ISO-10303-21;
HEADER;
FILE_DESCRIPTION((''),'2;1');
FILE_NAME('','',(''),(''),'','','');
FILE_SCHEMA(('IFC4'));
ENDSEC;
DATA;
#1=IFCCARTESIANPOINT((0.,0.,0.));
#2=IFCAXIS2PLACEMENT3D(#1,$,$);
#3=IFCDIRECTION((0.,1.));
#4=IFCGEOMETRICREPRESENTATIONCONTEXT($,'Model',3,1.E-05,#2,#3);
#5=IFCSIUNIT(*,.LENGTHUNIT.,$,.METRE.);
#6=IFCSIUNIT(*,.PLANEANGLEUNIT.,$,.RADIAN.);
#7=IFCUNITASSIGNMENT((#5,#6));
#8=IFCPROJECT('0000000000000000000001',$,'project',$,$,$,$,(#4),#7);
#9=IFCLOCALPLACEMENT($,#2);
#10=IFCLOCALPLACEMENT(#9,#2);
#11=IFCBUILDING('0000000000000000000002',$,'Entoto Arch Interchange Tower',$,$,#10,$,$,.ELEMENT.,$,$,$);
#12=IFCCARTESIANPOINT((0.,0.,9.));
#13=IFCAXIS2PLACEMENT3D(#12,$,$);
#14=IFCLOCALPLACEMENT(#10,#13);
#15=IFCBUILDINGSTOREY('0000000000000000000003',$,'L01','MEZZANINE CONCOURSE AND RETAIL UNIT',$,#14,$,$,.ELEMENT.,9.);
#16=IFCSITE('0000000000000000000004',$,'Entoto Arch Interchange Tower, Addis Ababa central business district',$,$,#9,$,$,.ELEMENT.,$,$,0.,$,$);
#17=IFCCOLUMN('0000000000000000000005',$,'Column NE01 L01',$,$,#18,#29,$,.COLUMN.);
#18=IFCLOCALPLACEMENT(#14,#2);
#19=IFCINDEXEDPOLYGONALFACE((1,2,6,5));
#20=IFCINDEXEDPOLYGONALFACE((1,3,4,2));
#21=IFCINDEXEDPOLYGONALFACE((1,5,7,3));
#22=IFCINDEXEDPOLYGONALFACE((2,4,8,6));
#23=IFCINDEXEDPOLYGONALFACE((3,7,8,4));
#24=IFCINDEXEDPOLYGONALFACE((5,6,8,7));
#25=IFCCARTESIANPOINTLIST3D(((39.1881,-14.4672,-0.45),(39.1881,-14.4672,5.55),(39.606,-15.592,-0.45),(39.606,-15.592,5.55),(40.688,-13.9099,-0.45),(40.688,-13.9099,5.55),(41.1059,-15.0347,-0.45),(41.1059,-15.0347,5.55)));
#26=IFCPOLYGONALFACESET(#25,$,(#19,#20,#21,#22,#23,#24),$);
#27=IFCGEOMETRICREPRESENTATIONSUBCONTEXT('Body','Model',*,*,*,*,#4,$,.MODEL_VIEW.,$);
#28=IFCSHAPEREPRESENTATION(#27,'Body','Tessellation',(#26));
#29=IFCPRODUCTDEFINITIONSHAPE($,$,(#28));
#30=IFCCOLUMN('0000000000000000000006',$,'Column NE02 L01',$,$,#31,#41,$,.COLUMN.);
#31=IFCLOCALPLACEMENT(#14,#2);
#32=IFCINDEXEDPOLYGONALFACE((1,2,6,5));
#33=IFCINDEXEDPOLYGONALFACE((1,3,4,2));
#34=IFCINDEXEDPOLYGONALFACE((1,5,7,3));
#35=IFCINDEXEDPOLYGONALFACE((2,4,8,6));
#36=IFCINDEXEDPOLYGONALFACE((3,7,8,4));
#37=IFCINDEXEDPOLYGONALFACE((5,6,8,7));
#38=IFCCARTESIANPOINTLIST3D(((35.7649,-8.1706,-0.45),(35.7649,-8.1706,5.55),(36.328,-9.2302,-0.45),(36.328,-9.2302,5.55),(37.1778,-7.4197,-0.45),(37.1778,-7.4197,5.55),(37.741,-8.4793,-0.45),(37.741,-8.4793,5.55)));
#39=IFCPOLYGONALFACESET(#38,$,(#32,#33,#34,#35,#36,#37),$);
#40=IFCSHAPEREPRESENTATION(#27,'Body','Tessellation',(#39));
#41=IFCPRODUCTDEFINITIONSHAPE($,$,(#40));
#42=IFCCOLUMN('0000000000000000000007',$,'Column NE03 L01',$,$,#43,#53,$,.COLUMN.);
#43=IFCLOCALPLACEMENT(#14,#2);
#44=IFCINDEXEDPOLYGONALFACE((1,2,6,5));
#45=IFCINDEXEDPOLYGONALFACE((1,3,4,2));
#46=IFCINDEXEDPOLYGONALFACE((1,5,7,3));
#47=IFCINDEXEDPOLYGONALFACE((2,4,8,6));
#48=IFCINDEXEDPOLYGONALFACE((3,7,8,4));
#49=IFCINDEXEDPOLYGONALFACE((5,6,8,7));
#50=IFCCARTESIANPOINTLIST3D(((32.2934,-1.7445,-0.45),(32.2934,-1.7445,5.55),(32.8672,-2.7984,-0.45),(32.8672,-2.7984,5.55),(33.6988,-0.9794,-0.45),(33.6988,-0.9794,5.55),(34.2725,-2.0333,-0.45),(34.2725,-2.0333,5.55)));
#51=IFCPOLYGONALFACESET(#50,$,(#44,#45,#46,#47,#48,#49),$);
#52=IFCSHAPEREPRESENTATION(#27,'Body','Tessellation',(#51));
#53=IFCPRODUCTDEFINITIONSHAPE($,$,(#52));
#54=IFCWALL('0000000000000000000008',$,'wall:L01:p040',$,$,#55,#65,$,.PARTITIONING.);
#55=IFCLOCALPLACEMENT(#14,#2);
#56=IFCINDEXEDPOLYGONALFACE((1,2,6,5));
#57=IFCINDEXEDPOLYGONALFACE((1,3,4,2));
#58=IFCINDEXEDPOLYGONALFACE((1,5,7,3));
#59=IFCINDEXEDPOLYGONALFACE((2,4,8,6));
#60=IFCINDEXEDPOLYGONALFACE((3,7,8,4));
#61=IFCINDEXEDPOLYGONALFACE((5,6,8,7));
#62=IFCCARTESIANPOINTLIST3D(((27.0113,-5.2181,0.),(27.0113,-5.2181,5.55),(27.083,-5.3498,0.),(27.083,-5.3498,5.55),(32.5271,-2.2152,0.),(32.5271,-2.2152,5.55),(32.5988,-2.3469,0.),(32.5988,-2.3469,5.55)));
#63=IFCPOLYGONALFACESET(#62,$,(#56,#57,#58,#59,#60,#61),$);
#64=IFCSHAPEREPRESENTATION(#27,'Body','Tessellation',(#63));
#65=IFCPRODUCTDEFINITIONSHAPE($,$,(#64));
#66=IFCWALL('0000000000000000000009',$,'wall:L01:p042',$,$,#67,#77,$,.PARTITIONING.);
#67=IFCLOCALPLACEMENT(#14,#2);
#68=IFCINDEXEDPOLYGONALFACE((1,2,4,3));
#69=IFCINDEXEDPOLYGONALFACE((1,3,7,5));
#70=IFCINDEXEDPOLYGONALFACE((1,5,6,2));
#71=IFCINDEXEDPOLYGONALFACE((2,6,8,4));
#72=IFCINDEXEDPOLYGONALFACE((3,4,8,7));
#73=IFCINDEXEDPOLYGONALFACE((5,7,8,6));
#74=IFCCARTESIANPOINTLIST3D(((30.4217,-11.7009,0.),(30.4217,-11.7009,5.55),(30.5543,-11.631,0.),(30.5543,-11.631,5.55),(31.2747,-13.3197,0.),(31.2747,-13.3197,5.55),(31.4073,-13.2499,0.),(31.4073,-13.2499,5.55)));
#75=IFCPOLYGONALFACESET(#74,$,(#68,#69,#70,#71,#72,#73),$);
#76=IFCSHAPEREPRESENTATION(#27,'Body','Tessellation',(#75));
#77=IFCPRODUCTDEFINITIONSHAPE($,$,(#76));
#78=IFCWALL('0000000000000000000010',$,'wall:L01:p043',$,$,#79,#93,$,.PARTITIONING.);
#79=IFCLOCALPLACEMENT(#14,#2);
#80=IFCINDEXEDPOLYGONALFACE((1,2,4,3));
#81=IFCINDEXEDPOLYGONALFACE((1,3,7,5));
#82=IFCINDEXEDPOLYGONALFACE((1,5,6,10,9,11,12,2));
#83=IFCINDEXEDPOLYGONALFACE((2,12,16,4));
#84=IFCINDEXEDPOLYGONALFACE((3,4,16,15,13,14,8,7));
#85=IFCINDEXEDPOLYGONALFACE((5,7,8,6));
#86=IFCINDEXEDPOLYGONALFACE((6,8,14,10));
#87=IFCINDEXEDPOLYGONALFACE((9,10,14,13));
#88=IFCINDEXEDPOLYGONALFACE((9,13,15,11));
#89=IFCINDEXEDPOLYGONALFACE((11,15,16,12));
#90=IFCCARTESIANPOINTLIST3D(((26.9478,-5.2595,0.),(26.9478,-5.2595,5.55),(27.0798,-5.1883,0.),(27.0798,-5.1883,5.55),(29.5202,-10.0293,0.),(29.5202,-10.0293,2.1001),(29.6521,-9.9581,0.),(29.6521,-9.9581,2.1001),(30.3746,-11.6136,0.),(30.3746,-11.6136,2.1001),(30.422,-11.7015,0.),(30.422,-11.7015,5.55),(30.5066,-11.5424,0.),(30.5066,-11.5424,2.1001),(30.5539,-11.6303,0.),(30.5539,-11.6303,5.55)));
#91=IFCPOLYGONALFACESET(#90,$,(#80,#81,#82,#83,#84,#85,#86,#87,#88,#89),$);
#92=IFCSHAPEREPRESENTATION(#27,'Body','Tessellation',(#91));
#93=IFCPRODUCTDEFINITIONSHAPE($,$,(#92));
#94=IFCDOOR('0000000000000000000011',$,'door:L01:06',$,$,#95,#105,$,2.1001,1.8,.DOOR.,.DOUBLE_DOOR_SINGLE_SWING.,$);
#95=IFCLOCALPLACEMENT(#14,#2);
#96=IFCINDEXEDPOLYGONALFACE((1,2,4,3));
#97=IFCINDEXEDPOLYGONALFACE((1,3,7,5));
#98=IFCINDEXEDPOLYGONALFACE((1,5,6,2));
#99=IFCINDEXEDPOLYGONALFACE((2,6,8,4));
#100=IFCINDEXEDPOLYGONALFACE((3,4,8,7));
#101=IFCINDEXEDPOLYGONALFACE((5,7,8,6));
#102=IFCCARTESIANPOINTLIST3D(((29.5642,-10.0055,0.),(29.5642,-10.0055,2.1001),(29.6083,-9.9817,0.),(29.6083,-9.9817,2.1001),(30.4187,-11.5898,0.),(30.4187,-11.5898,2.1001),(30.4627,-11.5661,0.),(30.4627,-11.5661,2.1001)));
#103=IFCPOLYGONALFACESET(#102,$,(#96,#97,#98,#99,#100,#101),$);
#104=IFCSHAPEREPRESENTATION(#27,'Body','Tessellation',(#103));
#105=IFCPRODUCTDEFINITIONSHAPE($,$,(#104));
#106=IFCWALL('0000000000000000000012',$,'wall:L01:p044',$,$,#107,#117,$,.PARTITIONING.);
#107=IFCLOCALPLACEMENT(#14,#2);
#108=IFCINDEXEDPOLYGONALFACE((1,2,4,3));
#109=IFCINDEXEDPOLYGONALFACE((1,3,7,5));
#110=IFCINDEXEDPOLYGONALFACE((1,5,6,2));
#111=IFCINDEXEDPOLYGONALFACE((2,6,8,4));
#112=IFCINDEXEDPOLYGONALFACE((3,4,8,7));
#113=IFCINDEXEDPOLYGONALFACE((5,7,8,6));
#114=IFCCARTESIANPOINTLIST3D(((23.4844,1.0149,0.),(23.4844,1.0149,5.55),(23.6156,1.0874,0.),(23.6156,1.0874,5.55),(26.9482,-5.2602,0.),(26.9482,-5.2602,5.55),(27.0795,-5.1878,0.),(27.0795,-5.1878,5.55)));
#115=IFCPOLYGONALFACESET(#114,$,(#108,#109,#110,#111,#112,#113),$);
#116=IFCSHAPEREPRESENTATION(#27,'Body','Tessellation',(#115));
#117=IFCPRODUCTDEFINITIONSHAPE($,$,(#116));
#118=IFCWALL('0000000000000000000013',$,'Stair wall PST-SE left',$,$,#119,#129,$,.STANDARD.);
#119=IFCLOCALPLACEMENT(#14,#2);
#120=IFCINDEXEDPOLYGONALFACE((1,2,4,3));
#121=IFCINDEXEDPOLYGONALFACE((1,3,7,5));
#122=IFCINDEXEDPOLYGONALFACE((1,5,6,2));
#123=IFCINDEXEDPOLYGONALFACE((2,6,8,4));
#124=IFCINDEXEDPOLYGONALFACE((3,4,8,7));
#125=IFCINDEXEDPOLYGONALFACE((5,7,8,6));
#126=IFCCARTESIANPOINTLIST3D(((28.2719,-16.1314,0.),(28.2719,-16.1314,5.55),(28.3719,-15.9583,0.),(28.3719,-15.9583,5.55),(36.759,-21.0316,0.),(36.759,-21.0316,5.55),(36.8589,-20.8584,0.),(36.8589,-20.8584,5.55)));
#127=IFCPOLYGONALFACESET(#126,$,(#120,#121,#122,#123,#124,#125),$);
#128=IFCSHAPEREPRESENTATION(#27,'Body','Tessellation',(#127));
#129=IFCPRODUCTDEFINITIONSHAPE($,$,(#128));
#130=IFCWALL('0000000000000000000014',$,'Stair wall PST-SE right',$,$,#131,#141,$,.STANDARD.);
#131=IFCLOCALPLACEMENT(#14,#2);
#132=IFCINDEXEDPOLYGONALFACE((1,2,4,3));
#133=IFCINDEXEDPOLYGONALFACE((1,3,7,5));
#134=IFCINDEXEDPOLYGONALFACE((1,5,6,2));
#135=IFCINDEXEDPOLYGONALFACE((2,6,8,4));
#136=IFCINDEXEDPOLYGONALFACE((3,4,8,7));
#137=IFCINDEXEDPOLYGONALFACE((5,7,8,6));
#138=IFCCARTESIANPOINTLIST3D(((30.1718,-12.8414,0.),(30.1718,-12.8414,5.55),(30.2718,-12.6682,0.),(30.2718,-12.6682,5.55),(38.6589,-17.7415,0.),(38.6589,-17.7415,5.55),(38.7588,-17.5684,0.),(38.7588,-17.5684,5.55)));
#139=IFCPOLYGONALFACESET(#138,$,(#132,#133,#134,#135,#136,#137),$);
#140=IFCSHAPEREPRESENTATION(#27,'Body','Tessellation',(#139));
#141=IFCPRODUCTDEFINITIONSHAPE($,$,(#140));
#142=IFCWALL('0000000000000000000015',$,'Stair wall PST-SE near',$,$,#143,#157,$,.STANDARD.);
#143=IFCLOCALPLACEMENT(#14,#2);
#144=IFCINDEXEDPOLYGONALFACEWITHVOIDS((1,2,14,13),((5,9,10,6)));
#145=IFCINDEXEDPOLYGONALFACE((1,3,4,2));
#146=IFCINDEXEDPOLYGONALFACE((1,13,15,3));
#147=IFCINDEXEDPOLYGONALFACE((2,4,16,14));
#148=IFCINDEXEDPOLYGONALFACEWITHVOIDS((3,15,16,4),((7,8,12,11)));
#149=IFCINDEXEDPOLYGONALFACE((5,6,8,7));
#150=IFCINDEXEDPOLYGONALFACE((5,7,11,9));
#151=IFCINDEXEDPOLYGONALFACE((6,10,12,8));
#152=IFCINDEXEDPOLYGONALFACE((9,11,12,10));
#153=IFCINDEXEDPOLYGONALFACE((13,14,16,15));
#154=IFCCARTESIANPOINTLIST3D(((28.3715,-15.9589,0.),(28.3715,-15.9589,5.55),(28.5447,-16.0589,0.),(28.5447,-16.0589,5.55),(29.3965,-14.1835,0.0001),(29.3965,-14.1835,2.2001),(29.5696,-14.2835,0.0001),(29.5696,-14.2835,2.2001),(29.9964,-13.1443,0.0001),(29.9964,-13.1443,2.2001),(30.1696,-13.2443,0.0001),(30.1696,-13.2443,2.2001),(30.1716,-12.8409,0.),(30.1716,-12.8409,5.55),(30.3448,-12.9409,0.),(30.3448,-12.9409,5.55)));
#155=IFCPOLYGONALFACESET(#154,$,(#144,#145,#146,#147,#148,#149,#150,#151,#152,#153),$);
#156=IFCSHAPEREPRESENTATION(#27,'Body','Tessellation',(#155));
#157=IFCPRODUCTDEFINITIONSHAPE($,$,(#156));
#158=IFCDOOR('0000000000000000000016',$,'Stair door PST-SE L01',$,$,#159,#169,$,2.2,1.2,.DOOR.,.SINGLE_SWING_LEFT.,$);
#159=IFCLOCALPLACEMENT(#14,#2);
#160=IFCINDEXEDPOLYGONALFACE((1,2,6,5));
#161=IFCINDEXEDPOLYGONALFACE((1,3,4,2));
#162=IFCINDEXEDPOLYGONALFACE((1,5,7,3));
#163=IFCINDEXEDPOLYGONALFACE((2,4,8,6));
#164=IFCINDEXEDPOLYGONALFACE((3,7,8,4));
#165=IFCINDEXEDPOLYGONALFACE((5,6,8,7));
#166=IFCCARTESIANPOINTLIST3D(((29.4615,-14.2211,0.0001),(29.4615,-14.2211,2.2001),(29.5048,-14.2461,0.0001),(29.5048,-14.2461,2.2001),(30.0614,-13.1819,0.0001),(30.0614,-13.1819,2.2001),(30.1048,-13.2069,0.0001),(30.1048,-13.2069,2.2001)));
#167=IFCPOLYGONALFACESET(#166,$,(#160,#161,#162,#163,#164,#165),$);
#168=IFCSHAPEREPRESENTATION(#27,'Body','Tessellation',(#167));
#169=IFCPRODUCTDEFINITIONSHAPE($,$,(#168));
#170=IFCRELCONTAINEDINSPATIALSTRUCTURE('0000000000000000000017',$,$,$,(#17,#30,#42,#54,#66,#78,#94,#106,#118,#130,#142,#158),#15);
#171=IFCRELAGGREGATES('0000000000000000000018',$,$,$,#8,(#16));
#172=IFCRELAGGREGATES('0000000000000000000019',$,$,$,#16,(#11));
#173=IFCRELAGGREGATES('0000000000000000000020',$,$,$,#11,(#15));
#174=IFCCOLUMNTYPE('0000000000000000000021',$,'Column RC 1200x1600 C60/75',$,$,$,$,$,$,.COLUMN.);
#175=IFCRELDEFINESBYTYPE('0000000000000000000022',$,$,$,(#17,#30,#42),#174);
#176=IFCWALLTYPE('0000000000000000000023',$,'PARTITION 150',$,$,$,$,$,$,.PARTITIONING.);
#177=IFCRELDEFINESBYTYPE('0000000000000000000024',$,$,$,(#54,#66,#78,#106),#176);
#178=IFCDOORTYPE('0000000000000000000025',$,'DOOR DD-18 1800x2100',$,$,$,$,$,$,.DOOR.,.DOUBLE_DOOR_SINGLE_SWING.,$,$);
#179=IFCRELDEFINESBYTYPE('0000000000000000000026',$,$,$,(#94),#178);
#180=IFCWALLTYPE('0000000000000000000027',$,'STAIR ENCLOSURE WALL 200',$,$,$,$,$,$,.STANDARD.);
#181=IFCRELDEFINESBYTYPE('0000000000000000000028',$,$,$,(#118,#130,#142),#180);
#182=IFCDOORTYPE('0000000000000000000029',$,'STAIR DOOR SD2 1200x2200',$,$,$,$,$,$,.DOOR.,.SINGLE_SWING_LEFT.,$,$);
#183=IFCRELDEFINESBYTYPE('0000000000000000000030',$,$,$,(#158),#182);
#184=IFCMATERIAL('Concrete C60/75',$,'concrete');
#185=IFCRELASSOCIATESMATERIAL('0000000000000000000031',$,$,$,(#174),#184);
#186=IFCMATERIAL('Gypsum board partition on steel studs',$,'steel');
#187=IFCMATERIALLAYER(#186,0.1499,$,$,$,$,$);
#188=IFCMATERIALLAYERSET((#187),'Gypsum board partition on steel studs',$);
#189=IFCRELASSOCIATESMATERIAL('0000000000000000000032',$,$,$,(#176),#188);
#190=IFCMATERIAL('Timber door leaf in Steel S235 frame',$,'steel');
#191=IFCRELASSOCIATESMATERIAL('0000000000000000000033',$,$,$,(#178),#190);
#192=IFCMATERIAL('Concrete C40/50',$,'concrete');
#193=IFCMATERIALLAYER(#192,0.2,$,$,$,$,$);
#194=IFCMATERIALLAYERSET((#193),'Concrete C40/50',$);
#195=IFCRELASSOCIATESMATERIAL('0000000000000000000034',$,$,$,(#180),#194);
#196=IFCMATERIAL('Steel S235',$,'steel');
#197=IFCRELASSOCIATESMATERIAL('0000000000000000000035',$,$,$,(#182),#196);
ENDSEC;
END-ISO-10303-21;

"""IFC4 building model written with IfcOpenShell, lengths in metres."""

from ifc_helpers import new_model, si_unit, direction, frame, frame_2d, origin, origin_2d, place, context, subcontext, project, spatial, rectangle, extrude, material, layer, layer_set, material_profile, profile_set, type_object, element, fill, save


model = new_model("IFC4")

# Units and contexts
model_context = context("Model", 3, precision=1e-05, world=origin(), true_north=direction((0.0, 1.0)))
body_context = subcontext(model_context, "Body", "Model", "MODEL_VIEW")
ifc_project = project(units=[si_unit("LENGTHUNIT", "METRE"), si_unit("PLANEANGLEUNIT", "RADIAN")], contexts=[model_context])

# Site, building, storey
site_placement = place(None, origin())
site = spatial("IfcSite", under=ifc_project, at=site_placement, Name="Entoto Arch Interchange Tower, Addis Ababa central business district", CompositionType="ELEMENT", RefElevation=0.0)
building_placement = place(site_placement, origin())
building = spatial("IfcBuilding", under=site, at=building_placement, Name="Entoto Arch Interchange Tower", CompositionType="ELEMENT")
storey_placement = place(building_placement, frame((0.0, 0.0, 9.0)))
storey = spatial("IfcBuildingStorey", under=building, at=storey_placement, Name="L01", Description="MEZZANINE CONCOURSE AND RETAIL UNIT", CompositionType="ELEMENT", Elevation=9.0)

# Columns
ifc_material_1 = material(Name="Concrete C60/75", Category="concrete")
ifc_material_profile = material_profile(ifc_material_1, rectangle(XDim=1.2, YDim=1.6001, at=origin_2d()))
ifc_profile_set = profile_set([ifc_material_profile], Name="Concrete C60/75")
column_type = type_object("IfcColumnType", Name="Column RC 1200x1600 C60/75", PredefinedType="COLUMN", material=ifc_profile_set)
for number, where, z_axis, x_axis, name in (
    (1, (40.147, -14.751, -0.45), (0.0, 0.0, 1.0), (-0.348278, 0.937391, 0.0), "Column NE01 L01"),
    (2, (36.7529, -8.325, -0.45), (0.0, 0.0, 1.0), (-0.469317, 0.88303, 0.0), "Column NE02 L01"),
    (3, (33.283, -1.8889, -0.45), (0.0, 0.0, 1.0), (-0.47814, 0.878284, 0.0), "Column NE03 L01"),
):
    element("IfcColumn", number, at=place(storey_placement, frame(where, z_axis=z_axis, x_axis=x_axis)), inside=storey, type_object=column_type, Name=name, PredefinedType="COLUMN", context=body_context, shape_type="SweptSolid", body=[
        extrude(rectangle(XDim=1.2, YDim=1.6001, at=origin_2d()), origin(), (0.0, 0.0, 1.0), 6.0),
    ])

# Walls
ifc_material_2 = material(Name="Gypsum board partition on steel studs", Category="steel")
ifc_layer_1 = layer(ifc_material_2, 0.1499)
ifc_layer_set_1 = layer_set([ifc_layer_1], Name="Gypsum board partition on steel studs")
wall_type_1 = type_object("IfcWallType", Name="PARTITION 150", PredefinedType="PARTITIONING", material=ifc_layer_set_1)
wall_1_placement = place(storey_placement, frame((27.0471, -5.2839, 0.0), z_axis=(0.0, 0.0, 1.0), x_axis=(0.878279, 0.478149, 0.0)))
element("IfcWall", 4, at=wall_1_placement, inside=storey, type_object=wall_type_1, Name="wall:L01:p040", PredefinedType="PARTITIONING", context=body_context, shape_type="SweptSolid", body=[
    extrude(rectangle(XDim=6.2803, YDim=0.1499, at=frame_2d((3.1401, 0.0))), origin(), (0.0, 0.0, 1.0), 5.55),
])
wall_2_placement = place(storey_placement, frame((31.3411, -13.2849, 0.0), z_axis=(0.0, 0.0, 1.0), x_axis=(-0.466164, 0.884698, 0.0)))
element("IfcWall", 5, at=wall_2_placement, inside=storey, type_object=wall_type_1, Name="wall:L01:p042", PredefinedType="PARTITIONING", context=body_context, shape_type="SweptSolid", body=[
    extrude(rectangle(XDim=1.8298, YDim=0.1499, at=frame_2d((0.915, 0.0))), origin(), (0.0, 0.0, 1.0), 5.55),
])

# Wall, opening, door
wall_3_placement = place(storey_placement, frame((30.488, -11.666, 0.0), z_axis=(0.0, 0.0, 1.0), x_axis=(-0.474673, 0.880162, 0.0)))
wall_3 = element("IfcWall", 6, at=wall_3_placement, inside=storey, type_object=wall_type_1, Name="wall:L01:p043", PredefinedType="PARTITIONING", context=body_context, shape_type="SweptSolid", body=[
    extrude(rectangle(XDim=7.3191, YDim=0.1499, at=frame_2d((3.6597, 0.0))), origin(), (0.0, 0.0, 1.0), 5.55),
])
opening_1_placement = place(wall_3_placement, frame((0.1001, 0.0, 0.0)))
opening_1 = element("IfcOpeningElement", 7, at=opening_1_placement, cuts=wall_3, PredefinedType="OPENING", context=body_context, shape_type="SweptSolid", body=[
    extrude(rectangle(XDim=1.8, YDim=2.1001, at=frame_2d((0.8999, 1.05))), frame((0.0, 0.085, 0.0), z_axis=(0.0, -1.0, 0.0), x_axis=(1.0, 0.0, 0.0)), (0.0, 0.0, 1.0), 0.1699),
])
ifc_material_3 = material(Name="Timber door leaf in Steel S235 frame", Category="steel")
door_type_1 = type_object("IfcDoorType", Name="DOOR DD-18 1800x2100", OperationType="DOUBLE_DOOR_SINGLE_SWING", PredefinedType="DOOR", material=ifc_material_3)
door_1_placement = place(opening_1_placement, origin())
door_1 = element("IfcDoor", 8, at=door_1_placement, inside=storey, type_object=door_type_1, Name="door:L01:06", OperationType="DOUBLE_DOOR_SINGLE_SWING", OverallHeight=2.1001, OverallWidth=1.8, PredefinedType="DOOR", context=body_context, shape_type="SweptSolid", body=[
    extrude(rectangle(XDim=1.8, YDim=2.1001, at=frame_2d((0.8999, 1.05))), frame((0.0, 0.0249, 0.0), z_axis=(0.0, -1.0, 0.0), x_axis=(1.0, 0.0, 0.0)), (0.0, 0.0, 1.0), 0.05),
])
fill(opening_1, door_1)

# Walls
wall_4_placement = place(storey_placement, frame((27.0139, -5.2241, 0.0), z_axis=(0.0, 0.0, 1.0), x_axis=(-0.483261, 0.875476, 0.0)))
element("IfcWall", 9, at=wall_4_placement, inside=storey, type_object=wall_type_1, Name="wall:L01:p044", PredefinedType="PARTITIONING", context=body_context, shape_type="SweptSolid", body=[
    extrude(rectangle(XDim=7.1677, YDim=0.1499, at=frame_2d((3.584, 0.0))), origin(), (0.0, 0.0, 1.0), 5.55),
])
ifc_material_4 = material(Name="Concrete C40/50", Category="concrete")
ifc_layer_2 = layer(ifc_material_4, 0.2)
ifc_layer_set_2 = layer_set([ifc_layer_2], Name="Concrete C40/50")
wall_type_2 = type_object("IfcWallType", Name="STAIR ENCLOSURE WALL 200", PredefinedType="STANDARD", material=ifc_layer_set_2)
for number, where, z_axis, x_axis, name in (
    (10, (28.322, -16.0449, 0.0), (0.0, 0.0, 1.0), (0.866019, -0.500011, 0.0), "Stair wall PST-SE left"),
    (11, (30.2219, -12.7549, 0.0), (0.0, 0.0, 1.0), (0.866019, -0.500011, 0.0), "Stair wall PST-SE right"),
):
    element("IfcWall", number, at=place(storey_placement, frame(where, z_axis=z_axis, x_axis=x_axis)), inside=storey, type_object=wall_type_2, Name=name, PredefinedType="STANDARD", context=body_context, shape_type="SweptSolid", body=[
        extrude(rectangle(XDim=9.8, YDim=0.2, at=frame_2d((4.8999, 0.0))), origin(), (0.0, 0.0, 1.0), 5.55),
    ])

# Wall, opening, door
wall_5_placement = place(storey_placement, frame((28.458, -16.009, 0.0), z_axis=(0.0, 0.0, 1.0), x_axis=(0.499983, 0.866035, 0.0)))
wall_5 = element("IfcWall", 12, at=wall_5_placement, inside=storey, type_object=wall_type_2, Name="Stair wall PST-SE near", PredefinedType="STANDARD", context=body_context, shape_type="SweptSolid", body=[
    extrude(rectangle(XDim=3.6003, YDim=0.2, at=frame_2d((1.8003, 0.0))), origin(), (0.0, 0.0, 1.0), 5.55),
])
opening_2_placement = place(wall_5_placement, frame((2.05, 0.0, 0.0)))
opening_2 = element("IfcOpeningElement", 13, at=opening_2_placement, cuts=wall_5, PredefinedType="OPENING", context=body_context, shape_type="SweptSolid", body=[
    extrude(rectangle(XDim=1.2, YDim=2.2, at=frame_2d((0.6001, 1.1001))), frame((0.0, 0.1099, 0.0), z_axis=(0.0, -1.0, 0.0), x_axis=(1.0, 0.0, 0.0)), (0.0, 0.0, 1.0), 0.22),
])
ifc_material_5 = material(Name="Steel S235", Category="steel")
door_type_2 = type_object("IfcDoorType", Name="STAIR DOOR SD2 1200x2200", OperationType="SINGLE_SWING_LEFT", PredefinedType="DOOR", material=ifc_material_5)
door_2_placement = place(opening_2_placement, origin())
door_2 = element("IfcDoor", 14, at=door_2_placement, inside=storey, type_object=door_type_2, Name="Stair door PST-SE L01", OperationType="SINGLE_SWING_LEFT", OverallHeight=2.2, OverallWidth=1.2, PredefinedType="DOOR", context=body_context, shape_type="SweptSolid", body=[
    extrude(rectangle(XDim=1.2, YDim=2.2, at=frame_2d((0.6001, 1.1001))), frame((0.0, 0.0249, 0.0), z_axis=(0.0, -1.0, 0.0), x_axis=(1.0, 0.0, 0.0)), (0.0, 0.0, 1.0), 0.05),
])
fill(opening_2, door_2)

save(model, "model.ifc")
